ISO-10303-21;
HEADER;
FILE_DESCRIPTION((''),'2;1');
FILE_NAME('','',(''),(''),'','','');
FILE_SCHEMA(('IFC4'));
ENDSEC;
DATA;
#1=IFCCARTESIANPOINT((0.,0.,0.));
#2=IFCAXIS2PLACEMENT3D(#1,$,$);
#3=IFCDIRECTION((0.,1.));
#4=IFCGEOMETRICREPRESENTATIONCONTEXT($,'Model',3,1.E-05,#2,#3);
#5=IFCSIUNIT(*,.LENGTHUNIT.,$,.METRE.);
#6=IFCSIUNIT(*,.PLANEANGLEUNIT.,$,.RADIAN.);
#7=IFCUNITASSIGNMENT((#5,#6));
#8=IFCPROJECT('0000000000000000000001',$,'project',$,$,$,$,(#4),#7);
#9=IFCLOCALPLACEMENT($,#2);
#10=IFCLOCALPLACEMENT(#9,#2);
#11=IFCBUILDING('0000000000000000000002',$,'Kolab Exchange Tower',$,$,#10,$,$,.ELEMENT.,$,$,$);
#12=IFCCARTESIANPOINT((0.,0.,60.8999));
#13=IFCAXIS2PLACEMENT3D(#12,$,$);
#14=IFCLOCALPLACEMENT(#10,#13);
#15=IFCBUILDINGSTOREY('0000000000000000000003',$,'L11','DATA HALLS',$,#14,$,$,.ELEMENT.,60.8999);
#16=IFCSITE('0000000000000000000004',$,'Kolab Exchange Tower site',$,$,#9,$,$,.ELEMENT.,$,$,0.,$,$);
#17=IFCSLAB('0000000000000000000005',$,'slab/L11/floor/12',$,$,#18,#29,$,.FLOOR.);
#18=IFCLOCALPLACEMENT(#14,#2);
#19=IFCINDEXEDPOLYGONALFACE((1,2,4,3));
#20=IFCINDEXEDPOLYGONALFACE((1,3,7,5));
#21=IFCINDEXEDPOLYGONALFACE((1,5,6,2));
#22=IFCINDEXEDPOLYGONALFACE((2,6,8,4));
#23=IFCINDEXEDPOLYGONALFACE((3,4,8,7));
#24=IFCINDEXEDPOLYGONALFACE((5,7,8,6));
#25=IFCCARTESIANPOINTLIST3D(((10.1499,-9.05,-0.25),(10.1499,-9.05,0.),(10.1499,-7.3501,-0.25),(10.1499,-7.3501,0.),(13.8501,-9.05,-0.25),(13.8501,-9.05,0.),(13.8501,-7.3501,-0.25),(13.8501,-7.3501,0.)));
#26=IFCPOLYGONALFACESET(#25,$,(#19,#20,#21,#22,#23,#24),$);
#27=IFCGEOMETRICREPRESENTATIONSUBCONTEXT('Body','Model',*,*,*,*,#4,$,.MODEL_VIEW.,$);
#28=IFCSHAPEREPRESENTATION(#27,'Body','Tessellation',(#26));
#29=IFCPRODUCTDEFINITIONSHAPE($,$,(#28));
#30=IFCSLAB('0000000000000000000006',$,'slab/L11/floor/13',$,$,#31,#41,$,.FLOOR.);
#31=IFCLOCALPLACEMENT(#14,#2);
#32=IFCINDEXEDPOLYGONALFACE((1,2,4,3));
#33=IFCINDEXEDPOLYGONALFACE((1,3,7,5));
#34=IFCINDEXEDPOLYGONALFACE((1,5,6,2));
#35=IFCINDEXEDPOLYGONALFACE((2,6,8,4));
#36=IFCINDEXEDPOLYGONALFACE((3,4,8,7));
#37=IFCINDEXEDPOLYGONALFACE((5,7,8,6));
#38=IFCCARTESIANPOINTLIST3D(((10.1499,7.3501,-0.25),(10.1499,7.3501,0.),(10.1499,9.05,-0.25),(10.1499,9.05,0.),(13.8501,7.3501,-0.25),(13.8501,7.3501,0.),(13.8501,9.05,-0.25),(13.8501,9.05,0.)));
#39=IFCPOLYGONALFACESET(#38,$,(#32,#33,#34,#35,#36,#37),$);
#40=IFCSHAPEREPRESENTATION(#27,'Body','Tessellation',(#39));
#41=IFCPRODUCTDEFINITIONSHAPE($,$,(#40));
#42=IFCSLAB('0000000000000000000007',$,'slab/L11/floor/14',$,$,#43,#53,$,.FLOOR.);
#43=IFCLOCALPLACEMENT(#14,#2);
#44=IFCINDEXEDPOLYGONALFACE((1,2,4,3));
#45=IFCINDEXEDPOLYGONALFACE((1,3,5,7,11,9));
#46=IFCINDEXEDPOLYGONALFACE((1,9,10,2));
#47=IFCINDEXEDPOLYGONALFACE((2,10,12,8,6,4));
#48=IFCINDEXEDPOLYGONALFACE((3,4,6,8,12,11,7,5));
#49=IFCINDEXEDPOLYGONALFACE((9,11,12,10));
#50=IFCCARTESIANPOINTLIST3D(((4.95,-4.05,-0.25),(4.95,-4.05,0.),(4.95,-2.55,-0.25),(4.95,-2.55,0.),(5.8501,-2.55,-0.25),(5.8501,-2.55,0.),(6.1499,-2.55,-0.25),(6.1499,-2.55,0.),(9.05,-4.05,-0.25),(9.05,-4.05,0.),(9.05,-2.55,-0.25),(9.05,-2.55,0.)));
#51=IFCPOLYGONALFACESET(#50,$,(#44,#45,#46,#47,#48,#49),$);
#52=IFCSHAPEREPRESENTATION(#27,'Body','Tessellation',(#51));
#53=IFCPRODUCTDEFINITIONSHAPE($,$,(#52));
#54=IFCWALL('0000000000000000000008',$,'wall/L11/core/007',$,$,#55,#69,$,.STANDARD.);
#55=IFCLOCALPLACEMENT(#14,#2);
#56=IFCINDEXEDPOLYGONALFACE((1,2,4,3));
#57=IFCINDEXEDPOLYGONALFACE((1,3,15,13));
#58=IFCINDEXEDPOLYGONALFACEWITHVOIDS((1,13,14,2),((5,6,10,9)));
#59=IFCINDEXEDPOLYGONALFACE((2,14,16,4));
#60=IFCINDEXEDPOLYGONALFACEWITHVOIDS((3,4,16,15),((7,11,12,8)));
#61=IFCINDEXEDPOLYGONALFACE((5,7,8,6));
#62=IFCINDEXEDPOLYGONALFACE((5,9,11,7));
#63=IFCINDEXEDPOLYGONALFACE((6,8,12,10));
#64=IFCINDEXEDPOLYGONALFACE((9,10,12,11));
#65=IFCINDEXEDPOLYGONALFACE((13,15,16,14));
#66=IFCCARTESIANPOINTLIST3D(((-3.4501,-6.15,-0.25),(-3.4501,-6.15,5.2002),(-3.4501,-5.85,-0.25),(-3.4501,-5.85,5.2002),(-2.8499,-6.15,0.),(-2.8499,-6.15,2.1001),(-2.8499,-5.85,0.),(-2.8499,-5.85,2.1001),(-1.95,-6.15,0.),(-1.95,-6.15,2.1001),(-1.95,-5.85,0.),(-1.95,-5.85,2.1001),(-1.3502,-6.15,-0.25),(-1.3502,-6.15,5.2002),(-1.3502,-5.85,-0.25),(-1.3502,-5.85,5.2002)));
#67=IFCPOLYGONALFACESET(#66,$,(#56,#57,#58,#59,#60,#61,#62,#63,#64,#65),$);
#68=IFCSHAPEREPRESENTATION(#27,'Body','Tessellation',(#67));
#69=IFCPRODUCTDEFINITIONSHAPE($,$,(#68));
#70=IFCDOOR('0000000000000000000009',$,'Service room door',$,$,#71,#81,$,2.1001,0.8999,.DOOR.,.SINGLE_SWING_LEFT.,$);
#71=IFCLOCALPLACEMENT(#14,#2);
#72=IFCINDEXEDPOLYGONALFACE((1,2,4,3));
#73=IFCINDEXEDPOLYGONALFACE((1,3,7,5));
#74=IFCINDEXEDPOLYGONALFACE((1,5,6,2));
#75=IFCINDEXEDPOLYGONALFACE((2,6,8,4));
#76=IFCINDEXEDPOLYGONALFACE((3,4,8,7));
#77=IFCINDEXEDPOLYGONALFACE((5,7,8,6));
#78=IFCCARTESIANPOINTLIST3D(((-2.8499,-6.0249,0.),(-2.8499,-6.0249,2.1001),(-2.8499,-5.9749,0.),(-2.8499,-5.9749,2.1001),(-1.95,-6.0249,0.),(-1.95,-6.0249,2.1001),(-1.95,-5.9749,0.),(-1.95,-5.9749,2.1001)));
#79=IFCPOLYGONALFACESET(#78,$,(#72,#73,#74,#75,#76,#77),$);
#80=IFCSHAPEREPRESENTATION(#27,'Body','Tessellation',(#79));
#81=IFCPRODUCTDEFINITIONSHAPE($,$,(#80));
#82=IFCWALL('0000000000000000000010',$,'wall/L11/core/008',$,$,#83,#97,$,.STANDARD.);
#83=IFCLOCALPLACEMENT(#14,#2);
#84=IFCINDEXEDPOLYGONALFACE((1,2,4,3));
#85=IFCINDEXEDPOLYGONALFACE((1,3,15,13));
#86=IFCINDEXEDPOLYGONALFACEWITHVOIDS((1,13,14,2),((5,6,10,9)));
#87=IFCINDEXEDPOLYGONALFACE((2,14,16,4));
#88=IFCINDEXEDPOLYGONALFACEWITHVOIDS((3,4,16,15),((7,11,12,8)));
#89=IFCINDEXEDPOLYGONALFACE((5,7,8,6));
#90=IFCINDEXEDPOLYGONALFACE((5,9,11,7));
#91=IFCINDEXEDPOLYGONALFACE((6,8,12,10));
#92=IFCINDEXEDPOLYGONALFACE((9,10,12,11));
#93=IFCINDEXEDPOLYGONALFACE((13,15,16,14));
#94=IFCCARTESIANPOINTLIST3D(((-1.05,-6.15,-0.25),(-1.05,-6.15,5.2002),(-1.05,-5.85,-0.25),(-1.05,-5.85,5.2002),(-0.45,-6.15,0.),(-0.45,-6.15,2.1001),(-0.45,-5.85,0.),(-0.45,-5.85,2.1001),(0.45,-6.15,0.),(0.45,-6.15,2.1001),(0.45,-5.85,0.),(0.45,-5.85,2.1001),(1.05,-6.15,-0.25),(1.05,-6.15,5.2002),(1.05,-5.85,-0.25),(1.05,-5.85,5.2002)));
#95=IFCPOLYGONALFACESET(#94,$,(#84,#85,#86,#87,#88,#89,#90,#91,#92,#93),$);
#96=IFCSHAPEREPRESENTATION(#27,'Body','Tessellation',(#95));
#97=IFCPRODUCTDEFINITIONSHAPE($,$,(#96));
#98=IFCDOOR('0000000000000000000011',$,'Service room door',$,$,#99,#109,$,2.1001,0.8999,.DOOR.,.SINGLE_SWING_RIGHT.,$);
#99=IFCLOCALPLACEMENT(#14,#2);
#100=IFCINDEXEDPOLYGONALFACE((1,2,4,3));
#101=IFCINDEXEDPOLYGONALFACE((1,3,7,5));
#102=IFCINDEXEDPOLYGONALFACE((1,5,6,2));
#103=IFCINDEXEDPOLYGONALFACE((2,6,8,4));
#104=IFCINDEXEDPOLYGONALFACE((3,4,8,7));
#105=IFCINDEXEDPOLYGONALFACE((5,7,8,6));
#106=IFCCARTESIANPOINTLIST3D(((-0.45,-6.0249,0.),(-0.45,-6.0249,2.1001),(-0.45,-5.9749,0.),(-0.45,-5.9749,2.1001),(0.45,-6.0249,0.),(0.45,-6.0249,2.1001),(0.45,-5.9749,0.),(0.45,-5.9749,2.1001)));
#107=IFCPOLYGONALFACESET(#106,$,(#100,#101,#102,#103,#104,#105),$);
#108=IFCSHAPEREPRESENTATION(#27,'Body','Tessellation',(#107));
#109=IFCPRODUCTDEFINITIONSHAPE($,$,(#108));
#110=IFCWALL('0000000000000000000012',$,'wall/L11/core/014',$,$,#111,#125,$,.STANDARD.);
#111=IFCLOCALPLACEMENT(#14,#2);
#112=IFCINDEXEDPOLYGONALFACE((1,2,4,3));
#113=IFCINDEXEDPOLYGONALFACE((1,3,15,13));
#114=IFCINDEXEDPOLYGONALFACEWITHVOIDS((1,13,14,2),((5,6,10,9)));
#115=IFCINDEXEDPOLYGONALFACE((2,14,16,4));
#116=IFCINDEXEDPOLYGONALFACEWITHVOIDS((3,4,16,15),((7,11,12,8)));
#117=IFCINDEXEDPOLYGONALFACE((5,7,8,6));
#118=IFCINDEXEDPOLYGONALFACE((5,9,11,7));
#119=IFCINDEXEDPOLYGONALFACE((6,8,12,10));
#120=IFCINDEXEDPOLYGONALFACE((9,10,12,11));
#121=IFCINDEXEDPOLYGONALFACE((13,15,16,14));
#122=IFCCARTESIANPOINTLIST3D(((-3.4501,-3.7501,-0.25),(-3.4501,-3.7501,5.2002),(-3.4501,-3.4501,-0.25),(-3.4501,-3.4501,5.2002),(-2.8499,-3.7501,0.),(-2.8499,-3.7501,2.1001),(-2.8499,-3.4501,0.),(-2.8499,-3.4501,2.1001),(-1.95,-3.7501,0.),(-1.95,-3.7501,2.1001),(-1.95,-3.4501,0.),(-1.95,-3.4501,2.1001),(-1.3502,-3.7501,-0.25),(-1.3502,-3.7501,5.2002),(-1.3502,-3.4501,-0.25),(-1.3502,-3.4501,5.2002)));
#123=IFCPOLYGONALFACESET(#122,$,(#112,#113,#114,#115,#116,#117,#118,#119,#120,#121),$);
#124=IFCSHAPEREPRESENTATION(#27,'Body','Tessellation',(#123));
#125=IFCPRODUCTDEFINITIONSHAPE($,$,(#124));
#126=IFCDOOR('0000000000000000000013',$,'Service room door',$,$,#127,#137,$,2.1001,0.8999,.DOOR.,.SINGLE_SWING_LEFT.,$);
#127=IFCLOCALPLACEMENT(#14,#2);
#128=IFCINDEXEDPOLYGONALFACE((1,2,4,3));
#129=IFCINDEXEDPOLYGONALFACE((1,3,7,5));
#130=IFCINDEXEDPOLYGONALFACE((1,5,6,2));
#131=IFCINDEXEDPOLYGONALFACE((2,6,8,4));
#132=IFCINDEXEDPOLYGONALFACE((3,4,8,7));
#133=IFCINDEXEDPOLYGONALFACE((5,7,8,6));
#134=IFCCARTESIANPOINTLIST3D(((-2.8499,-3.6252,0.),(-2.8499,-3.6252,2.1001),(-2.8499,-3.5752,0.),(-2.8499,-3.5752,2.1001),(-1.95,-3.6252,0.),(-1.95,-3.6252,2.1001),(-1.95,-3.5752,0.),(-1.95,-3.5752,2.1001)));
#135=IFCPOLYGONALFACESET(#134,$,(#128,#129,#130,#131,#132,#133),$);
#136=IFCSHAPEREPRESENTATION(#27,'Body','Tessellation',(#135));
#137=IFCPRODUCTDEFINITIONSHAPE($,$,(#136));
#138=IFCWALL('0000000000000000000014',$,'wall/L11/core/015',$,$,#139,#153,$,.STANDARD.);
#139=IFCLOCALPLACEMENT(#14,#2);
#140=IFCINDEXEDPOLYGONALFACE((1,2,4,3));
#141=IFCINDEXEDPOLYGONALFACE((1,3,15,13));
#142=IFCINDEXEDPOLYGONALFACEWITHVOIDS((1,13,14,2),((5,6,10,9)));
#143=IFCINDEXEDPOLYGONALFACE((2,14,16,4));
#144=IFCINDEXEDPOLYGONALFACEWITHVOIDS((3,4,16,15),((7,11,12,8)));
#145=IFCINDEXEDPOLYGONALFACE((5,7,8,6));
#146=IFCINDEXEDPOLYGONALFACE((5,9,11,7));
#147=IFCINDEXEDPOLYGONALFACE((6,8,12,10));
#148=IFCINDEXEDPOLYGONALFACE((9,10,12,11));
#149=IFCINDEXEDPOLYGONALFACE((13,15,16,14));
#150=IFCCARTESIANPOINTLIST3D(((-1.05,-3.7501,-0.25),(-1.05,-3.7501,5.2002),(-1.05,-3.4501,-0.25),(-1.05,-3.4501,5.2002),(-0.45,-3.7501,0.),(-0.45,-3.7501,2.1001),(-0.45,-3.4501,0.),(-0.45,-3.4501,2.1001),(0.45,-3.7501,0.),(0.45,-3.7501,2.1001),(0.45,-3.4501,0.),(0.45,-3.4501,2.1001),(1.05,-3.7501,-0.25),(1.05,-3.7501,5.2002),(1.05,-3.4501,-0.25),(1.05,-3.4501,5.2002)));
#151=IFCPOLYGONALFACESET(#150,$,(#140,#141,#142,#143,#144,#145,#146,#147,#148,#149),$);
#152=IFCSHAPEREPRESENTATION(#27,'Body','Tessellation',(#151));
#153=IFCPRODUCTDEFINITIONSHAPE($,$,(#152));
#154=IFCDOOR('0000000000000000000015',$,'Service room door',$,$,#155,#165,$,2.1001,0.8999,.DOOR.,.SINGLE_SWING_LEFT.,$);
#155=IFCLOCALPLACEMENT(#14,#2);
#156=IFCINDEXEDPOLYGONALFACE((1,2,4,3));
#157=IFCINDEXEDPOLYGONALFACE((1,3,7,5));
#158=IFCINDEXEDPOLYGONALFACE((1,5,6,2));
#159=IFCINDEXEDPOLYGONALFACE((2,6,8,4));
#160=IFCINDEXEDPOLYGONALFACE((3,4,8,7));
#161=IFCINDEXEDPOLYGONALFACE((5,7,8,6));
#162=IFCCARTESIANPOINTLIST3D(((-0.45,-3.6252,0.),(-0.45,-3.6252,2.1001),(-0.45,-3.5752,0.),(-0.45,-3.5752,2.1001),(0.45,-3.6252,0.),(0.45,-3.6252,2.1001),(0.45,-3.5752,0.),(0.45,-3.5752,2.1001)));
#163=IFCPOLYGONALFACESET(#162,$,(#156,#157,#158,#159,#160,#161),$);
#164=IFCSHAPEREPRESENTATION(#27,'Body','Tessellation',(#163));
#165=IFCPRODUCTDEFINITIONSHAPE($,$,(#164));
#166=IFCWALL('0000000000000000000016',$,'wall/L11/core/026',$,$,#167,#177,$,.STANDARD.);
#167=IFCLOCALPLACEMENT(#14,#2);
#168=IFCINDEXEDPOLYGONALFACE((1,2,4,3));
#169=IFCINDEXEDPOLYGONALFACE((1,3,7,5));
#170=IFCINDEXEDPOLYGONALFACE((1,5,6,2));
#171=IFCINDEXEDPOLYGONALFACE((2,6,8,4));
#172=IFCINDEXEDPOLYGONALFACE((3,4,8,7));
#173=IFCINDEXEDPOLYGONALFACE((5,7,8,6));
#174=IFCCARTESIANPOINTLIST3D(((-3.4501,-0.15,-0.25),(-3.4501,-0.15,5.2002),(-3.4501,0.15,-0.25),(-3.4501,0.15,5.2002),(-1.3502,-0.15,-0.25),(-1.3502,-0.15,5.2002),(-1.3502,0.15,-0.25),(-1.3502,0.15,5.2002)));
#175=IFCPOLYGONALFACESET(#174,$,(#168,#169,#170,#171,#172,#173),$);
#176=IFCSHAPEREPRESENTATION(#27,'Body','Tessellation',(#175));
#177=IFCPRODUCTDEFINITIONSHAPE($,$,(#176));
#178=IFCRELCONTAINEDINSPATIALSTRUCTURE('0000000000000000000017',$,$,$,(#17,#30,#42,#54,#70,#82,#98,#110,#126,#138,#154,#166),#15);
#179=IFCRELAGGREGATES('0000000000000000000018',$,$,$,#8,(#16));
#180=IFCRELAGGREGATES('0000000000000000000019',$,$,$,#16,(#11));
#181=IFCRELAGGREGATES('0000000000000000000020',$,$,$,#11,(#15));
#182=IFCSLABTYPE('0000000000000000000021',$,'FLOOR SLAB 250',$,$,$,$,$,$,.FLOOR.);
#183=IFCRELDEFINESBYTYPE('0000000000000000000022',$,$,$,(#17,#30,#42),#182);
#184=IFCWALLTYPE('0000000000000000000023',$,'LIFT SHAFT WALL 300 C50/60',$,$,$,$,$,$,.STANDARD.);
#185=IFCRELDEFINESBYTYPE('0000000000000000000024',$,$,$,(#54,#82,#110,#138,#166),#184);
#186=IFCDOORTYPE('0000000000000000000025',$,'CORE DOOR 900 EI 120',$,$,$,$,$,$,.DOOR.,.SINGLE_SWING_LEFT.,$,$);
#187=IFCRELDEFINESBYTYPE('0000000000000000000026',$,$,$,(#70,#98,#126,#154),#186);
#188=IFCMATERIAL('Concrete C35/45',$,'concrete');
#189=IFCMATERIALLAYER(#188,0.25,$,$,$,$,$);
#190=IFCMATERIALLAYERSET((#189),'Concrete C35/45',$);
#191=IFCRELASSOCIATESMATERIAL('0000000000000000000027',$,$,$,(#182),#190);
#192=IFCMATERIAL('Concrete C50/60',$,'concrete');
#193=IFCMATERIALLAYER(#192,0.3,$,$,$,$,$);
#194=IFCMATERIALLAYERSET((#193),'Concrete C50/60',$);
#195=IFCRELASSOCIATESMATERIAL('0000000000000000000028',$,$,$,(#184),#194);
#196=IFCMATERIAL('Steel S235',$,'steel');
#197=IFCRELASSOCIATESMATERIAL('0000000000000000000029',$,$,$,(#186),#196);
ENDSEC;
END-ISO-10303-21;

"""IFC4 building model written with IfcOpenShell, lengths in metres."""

from ifc_helpers import new_model, si_unit, direction, frame, frame_2d, origin, place, context, subcontext, project, spatial, polyline, rectangle, outline, extrude, material, layer, layer_set, type_object, element, fill, save


model = new_model("IFC4")

# Units and contexts
model_context = context("Model", 3, precision=1e-05, world=origin(), true_north=direction((0.0, 1.0)))
body_context = subcontext(model_context, "Body", "Model", "MODEL_VIEW")
ifc_project = project(units=[si_unit("LENGTHUNIT", "METRE"), si_unit("PLANEANGLEUNIT", "RADIAN")], contexts=[model_context])

# Site, building, storey
site_placement = place(None, origin())
site = spatial("IfcSite", under=ifc_project, at=site_placement, Name="Kolab Exchange Tower site", CompositionType="ELEMENT", RefElevation=0.0)
building_placement = place(site_placement, origin())
building = spatial("IfcBuilding", under=site, at=building_placement, Name="Kolab Exchange Tower", CompositionType="ELEMENT")
storey_placement = place(building_placement, frame((0.0, 0.0, 60.8999)))
storey = spatial("IfcBuildingStorey", under=building, at=storey_placement, Name="L11", Description="DATA HALLS", CompositionType="ELEMENT", Elevation=60.8999)

# Slabs
ifc_material_1 = material(Name="Concrete C35/45", Category="concrete")
ifc_layer_1 = layer(ifc_material_1, 0.25)
ifc_layer_set_1 = layer_set([ifc_layer_1], Name="Concrete C35/45")
slab_type = type_object("IfcSlabType", Name="FLOOR SLAB 250", PredefinedType="FLOOR", material=ifc_layer_set_1)
slab_1_placement = place(storey_placement, frame((0.0, 0.0, -0.25)))
element("IfcSlab", 1, at=slab_1_placement, inside=storey, type_object=slab_type, Name="slab/L11/floor/12", PredefinedType="FLOOR", context=body_context, shape_type="SweptSolid", body=[
    extrude(outline(polyline([(10.1499, -7.3501), (10.1499, -9.05), (13.8501, -9.05), (13.8501, -7.3501), (10.1499, -7.3501)])), origin(), (0.0, 0.0, 1.0), 0.25),
])
slab_2_placement = place(storey_placement, frame((0.0, 0.0, -0.25)))
element("IfcSlab", 2, at=slab_2_placement, inside=storey, type_object=slab_type, Name="slab/L11/floor/13", PredefinedType="FLOOR", context=body_context, shape_type="SweptSolid", body=[
    extrude(outline(polyline([(10.1499, 7.3501), (13.8501, 7.3501), (13.8501, 9.05), (10.1499, 9.05), (10.1499, 7.3501)])), origin(), (0.0, 0.0, 1.0), 0.25),
])
slab_3_placement = place(storey_placement, frame((0.0, 0.0, -0.25)))
element("IfcSlab", 3, at=slab_3_placement, inside=storey, type_object=slab_type, Name="slab/L11/floor/14", PredefinedType="FLOOR", context=body_context, shape_type="SweptSolid", body=[
    extrude(outline(polyline([(9.05, -4.05), (9.05, -2.55), (6.1499, -2.55), (5.8501, -2.55), (4.95, -2.55), (4.95, -4.05), (9.05, -4.05)])), origin(), (0.0, 0.0, 1.0), 0.25),
])

# Walls, openings, doors
ifc_material_2 = material(Name="Concrete C50/60", Category="concrete")
ifc_layer_2 = layer(ifc_material_2, 0.3)
ifc_layer_set_2 = layer_set([ifc_layer_2], Name="Concrete C50/60")
wall_type = type_object("IfcWallType", Name="LIFT SHAFT WALL 300 C50/60", PredefinedType="STANDARD", material=ifc_layer_set_2)
wall_1_placement = place(storey_placement, frame((-3.45, -6.0, -0.25), z_axis=(0.0, 0.0, 1.0), x_axis=(1.0, 0.0, 0.0)))
wall_1 = element("IfcWall", 4, at=wall_1_placement, inside=storey, type_object=wall_type, Name="wall/L11/core/007", PredefinedType="STANDARD", context=body_context, shape_type="SweptSolid", body=[
    extrude(rectangle(XDim=2.0999, YDim=0.3, at=frame_2d((1.0498, 0.0))), origin(), (0.0, 0.0, 1.0), 5.4502),
])
opening_1_placement = place(wall_1_placement, frame((0.6001, 0.0, 0.25)))
opening_1 = element("IfcOpeningElement", 5, at=opening_1_placement, cuts=wall_1, PredefinedType="OPENING", context=body_context, shape_type="SweptSolid", body=[
    extrude(rectangle(XDim=0.8999, YDim=2.1001, at=frame_2d((0.45, 1.05))), frame((0.0, 0.1602, 0.0), z_axis=(0.0, -1.0, 0.0), x_axis=(1.0, 0.0, 0.0)), (0.0, 0.0, 1.0), 0.3201),
])
ifc_material_3 = material(Name="Steel S235", Category="steel")
door_type = type_object("IfcDoorType", Name="CORE DOOR 900 EI 120", OperationType="SINGLE_SWING_LEFT", PredefinedType="DOOR", material=ifc_material_3)
door_1_placement = place(opening_1_placement, frame((0.8999, 0.0, 0.0), z_axis=(0.0, 0.0, 1.0), x_axis=(-1.0, 0.0, 0.0)))
door_1 = element("IfcDoor", 6, at=door_1_placement, inside=storey, type_object=door_type, Name="Service room door", OperationType="SINGLE_SWING_LEFT", OverallHeight=2.1001, OverallWidth=0.8999, PredefinedType="DOOR", context=body_context, shape_type="SweptSolid", body=[
    extrude(rectangle(XDim=0.8999, YDim=2.1001, at=frame_2d((0.45, 1.05))), frame((0.0, 0.0249, 0.0), z_axis=(0.0, -1.0, 0.0), x_axis=(1.0, 0.0, 0.0)), (0.0, 0.0, 1.0), 0.05),
])
fill(opening_1, door_1)
wall_2_placement = place(storey_placement, frame((-1.05, -6.0, -0.25), z_axis=(0.0, 0.0, 1.0), x_axis=(1.0, 0.0, 0.0)))
wall_2 = element("IfcWall", 7, at=wall_2_placement, inside=storey, type_object=wall_type, Name="wall/L11/core/008", PredefinedType="STANDARD", context=body_context, shape_type="SweptSolid", body=[
    extrude(rectangle(XDim=2.1001, YDim=0.3, at=frame_2d((1.05, 0.0))), origin(), (0.0, 0.0, 1.0), 5.4502),
])
opening_2_placement = place(wall_2_placement, frame((0.6001, 0.0, 0.25)))
opening_2 = element("IfcOpeningElement", 8, at=opening_2_placement, cuts=wall_2, PredefinedType="OPENING", context=body_context, shape_type="SweptSolid", body=[
    extrude(rectangle(XDim=0.8999, YDim=2.1001, at=frame_2d((0.45, 1.05))), frame((0.0, 0.1602, 0.0), z_axis=(0.0, -1.0, 0.0), x_axis=(1.0, 0.0, 0.0)), (0.0, 0.0, 1.0), 0.3201),
])
door_2_placement = place(opening_2_placement, frame((0.8999, 0.0, 0.0), z_axis=(0.0, 0.0, 1.0), x_axis=(-1.0, 0.0, 0.0)))
door_2 = element("IfcDoor", 9, at=door_2_placement, inside=storey, type_object=door_type, Name="Service room door", OperationType="SINGLE_SWING_RIGHT", OverallHeight=2.1001, OverallWidth=0.8999, PredefinedType="DOOR", context=body_context, shape_type="SweptSolid", body=[
    extrude(rectangle(XDim=0.8999, YDim=2.1001, at=frame_2d((0.45, 1.05))), frame((0.0, 0.0249, 0.0), z_axis=(0.0, -1.0, 0.0), x_axis=(1.0, 0.0, 0.0)), (0.0, 0.0, 1.0), 0.05),
])
fill(opening_2, door_2)
wall_3_placement = place(storey_placement, frame((-3.45, -3.6001, -0.25), z_axis=(0.0, 0.0, 1.0), x_axis=(1.0, 0.0, 0.0)))
wall_3 = element("IfcWall", 10, at=wall_3_placement, inside=storey, type_object=wall_type, Name="wall/L11/core/014", PredefinedType="STANDARD", context=body_context, shape_type="SweptSolid", body=[
    extrude(rectangle(XDim=2.0999, YDim=0.3, at=frame_2d((1.0498, 0.0))), origin(), (0.0, 0.0, 1.0), 5.4502),
])
opening_3_placement = place(wall_3_placement, frame((0.6001, 0.0, 0.25)))
opening_3 = element("IfcOpeningElement", 11, at=opening_3_placement, cuts=wall_3, PredefinedType="OPENING", context=body_context, shape_type="SweptSolid", body=[
    extrude(rectangle(XDim=0.8999, YDim=2.1001, at=frame_2d((0.45, 1.05))), frame((0.0, 0.1602, 0.0), z_axis=(0.0, -1.0, 0.0), x_axis=(1.0, 0.0, 0.0)), (0.0, 0.0, 1.0), 0.3201),
])
door_3_placement = place(opening_3_placement, origin())
door_3 = element("IfcDoor", 12, at=door_3_placement, inside=storey, type_object=door_type, Name="Service room door", OperationType="SINGLE_SWING_LEFT", OverallHeight=2.1001, OverallWidth=0.8999, PredefinedType="DOOR", context=body_context, shape_type="SweptSolid", body=[
    extrude(rectangle(XDim=0.8999, YDim=2.1001, at=frame_2d((0.45, 1.05))), frame((0.0, 0.0249, 0.0), z_axis=(0.0, -1.0, 0.0), x_axis=(1.0, 0.0, 0.0)), (0.0, 0.0, 1.0), 0.05),
])
fill(opening_3, door_3)
wall_4_placement = place(storey_placement, frame((-1.05, -3.6001, -0.25), z_axis=(0.0, 0.0, 1.0), x_axis=(1.0, 0.0, 0.0)))
wall_4 = element("IfcWall", 13, at=wall_4_placement, inside=storey, type_object=wall_type, Name="wall/L11/core/015", PredefinedType="STANDARD", context=body_context, shape_type="SweptSolid", body=[
    extrude(rectangle(XDim=2.1001, YDim=0.3, at=frame_2d((1.05, 0.0))), origin(), (0.0, 0.0, 1.0), 5.4502),
])
opening_4_placement = place(wall_4_placement, frame((0.6001, 0.0, 0.25)))
opening_4 = element("IfcOpeningElement", 14, at=opening_4_placement, cuts=wall_4, PredefinedType="OPENING", context=body_context, shape_type="SweptSolid", body=[
    extrude(rectangle(XDim=0.8999, YDim=2.1001, at=frame_2d((0.45, 1.05))), frame((0.0, 0.1602, 0.0), z_axis=(0.0, -1.0, 0.0), x_axis=(1.0, 0.0, 0.0)), (0.0, 0.0, 1.0), 0.3201),
])
door_4_placement = place(opening_4_placement, origin())
door_4 = element("IfcDoor", 15, at=door_4_placement, inside=storey, type_object=door_type, Name="Service room door", OperationType="SINGLE_SWING_LEFT", OverallHeight=2.1001, OverallWidth=0.8999, PredefinedType="DOOR", context=body_context, shape_type="SweptSolid", body=[
    extrude(rectangle(XDim=0.8999, YDim=2.1001, at=frame_2d((0.45, 1.05))), frame((0.0, 0.0249, 0.0), z_axis=(0.0, -1.0, 0.0), x_axis=(1.0, 0.0, 0.0)), (0.0, 0.0, 1.0), 0.05),
])
fill(opening_4, door_4)

# Wall
wall_5_placement = place(storey_placement, frame((-3.45, 0.0, -0.25), z_axis=(0.0, 0.0, 1.0), x_axis=(1.0, 0.0, 0.0)))
element("IfcWall", 16, at=wall_5_placement, inside=storey, type_object=wall_type, Name="wall/L11/core/026", PredefinedType="STANDARD", context=body_context, shape_type="SweptSolid", body=[
    extrude(rectangle(XDim=2.0999, YDim=0.3, at=frame_2d((1.0498, 0.0))), origin(), (0.0, 0.0, 1.0), 5.4502),
])

save(model, "model.ifc")
